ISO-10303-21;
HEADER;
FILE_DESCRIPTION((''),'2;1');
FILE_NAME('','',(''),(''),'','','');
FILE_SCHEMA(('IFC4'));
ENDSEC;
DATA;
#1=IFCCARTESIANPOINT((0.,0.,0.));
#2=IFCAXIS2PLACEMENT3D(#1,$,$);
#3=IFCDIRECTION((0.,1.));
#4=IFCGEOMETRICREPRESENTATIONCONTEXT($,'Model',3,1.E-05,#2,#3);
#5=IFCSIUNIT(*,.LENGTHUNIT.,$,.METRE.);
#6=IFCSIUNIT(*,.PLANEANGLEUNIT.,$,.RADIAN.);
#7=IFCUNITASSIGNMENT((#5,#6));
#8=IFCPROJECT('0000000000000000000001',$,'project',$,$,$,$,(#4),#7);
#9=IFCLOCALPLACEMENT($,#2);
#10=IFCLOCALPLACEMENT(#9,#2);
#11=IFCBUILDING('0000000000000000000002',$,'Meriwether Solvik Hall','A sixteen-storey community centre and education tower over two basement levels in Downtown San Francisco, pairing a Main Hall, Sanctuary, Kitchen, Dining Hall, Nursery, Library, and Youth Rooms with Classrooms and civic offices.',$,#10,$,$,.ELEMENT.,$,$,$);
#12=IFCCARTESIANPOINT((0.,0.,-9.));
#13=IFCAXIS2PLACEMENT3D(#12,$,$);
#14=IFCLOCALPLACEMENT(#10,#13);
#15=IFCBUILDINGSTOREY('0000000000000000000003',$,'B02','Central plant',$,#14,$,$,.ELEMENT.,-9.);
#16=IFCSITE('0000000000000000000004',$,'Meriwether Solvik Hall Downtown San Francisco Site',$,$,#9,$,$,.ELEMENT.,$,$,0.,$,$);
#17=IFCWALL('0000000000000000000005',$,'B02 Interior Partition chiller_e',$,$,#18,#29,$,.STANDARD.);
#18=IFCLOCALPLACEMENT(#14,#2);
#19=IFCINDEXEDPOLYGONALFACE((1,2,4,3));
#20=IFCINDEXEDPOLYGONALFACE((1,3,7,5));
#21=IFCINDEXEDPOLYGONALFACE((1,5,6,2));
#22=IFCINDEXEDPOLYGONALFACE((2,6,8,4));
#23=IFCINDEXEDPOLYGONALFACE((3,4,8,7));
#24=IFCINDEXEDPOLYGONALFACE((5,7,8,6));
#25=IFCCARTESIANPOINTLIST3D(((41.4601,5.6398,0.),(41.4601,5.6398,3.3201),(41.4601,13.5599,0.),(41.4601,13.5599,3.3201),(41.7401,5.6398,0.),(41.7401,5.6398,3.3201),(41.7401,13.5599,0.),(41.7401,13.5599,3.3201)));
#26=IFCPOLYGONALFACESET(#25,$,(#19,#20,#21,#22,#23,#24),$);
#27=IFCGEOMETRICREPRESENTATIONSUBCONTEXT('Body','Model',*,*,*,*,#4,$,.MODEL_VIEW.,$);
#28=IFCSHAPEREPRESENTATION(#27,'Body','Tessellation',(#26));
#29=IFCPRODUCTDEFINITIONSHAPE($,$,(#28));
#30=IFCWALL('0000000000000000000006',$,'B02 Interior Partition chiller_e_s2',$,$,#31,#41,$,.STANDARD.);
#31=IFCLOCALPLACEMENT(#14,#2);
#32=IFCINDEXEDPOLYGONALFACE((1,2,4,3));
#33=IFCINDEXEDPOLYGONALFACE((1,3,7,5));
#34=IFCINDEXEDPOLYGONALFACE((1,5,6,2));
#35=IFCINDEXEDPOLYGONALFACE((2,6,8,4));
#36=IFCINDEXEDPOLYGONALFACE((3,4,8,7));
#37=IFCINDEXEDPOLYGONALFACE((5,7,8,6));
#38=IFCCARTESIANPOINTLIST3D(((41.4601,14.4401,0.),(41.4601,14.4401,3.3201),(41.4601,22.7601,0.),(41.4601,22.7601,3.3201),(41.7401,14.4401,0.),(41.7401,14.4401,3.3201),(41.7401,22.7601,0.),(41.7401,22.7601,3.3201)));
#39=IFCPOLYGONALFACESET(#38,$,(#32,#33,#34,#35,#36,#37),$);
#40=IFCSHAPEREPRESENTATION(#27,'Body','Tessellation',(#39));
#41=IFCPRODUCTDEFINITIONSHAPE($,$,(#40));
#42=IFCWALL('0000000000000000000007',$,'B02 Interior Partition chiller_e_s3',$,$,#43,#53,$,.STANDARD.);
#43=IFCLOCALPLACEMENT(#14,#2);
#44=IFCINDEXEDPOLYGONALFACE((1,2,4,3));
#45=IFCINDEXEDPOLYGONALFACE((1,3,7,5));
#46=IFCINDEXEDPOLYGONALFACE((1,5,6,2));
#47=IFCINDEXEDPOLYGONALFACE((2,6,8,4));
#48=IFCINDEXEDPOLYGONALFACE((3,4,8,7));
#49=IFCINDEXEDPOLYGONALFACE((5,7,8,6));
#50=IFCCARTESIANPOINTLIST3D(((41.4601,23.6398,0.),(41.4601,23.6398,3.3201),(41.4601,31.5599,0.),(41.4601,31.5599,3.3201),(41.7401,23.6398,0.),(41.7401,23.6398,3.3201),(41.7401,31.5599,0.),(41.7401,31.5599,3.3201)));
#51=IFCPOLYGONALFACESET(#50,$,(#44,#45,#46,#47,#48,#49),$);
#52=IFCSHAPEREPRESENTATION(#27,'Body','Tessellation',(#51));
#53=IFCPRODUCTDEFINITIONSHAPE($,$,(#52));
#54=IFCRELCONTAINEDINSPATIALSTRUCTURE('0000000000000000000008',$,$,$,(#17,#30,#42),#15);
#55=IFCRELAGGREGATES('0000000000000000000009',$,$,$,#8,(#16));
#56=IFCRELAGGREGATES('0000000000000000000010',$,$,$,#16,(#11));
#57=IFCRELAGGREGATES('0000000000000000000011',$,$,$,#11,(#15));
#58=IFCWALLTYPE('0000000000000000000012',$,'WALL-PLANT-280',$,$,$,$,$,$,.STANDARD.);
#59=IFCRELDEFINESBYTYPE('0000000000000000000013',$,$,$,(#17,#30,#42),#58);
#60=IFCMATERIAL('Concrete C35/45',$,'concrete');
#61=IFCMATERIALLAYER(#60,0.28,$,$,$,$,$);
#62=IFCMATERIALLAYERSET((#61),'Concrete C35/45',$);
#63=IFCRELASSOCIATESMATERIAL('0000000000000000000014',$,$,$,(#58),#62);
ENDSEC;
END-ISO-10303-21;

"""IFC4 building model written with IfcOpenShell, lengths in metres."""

from ifc_helpers import new_model, si_unit, direction, frame, frame_2d, origin, place, context, subcontext, project, spatial, rectangle, extrude, material, layer, layer_set, type_object, element, save


model = new_model("IFC4")

# Units and contexts
model_context = context("Model", 3, precision=1e-05, world=origin(), true_north=direction((0.0, 1.0)))
body_context = subcontext(model_context, "Body", "Model", "MODEL_VIEW")
ifc_project = project(units=[si_unit("LENGTHUNIT", "METRE"), si_unit("PLANEANGLEUNIT", "RADIAN")], contexts=[model_context])

# Site, building, storey
site_placement = place(None, origin())
site = spatial("IfcSite", under=ifc_project, at=site_placement, Name="Meriwether Solvik Hall Downtown San Francisco Site", CompositionType="ELEMENT", RefElevation=0.0)
building_placement = place(site_placement, origin())
building = spatial("IfcBuilding", under=site, at=building_placement, Name="Meriwether Solvik Hall", Description="A sixteen-storey community centre and education tower over two basement levels in Downtown San Francisco, pairing a Main Hall, Sanctuary, Kitchen, Dining Hall, Nursery, Library, and Youth Rooms with Classrooms and civic offices.", CompositionType="ELEMENT")
storey_placement = place(building_placement, frame((0.0, 0.0, -9.0)))
storey = spatial("IfcBuildingStorey", under=building, at=storey_placement, Name="B02", Description="Central plant", CompositionType="ELEMENT", Elevation=-9.0)

# Walls
ifc_material_1 = material(Name="Concrete C35/45", Category="concrete")
ifc_layer_1 = layer(ifc_material_1, 0.28)
ifc_layer_set_1 = layer_set([ifc_layer_1], Name="Concrete C35/45")
wall_type = type_object("IfcWallType", Name="WALL-PLANT-280", PredefinedType="STANDARD", material=ifc_layer_set_1)
wall_1_placement = place(storey_placement, frame((41.6001, 5.6399, 0.0), z_axis=(0.0, 0.0, 1.0), x_axis=(0.0, 1.0, 0.0)))
element("IfcWall", 1, at=wall_1_placement, inside=storey, type_object=wall_type, Name="B02 Interior Partition chiller_e", PredefinedType="STANDARD", context=body_context, shape_type="SweptSolid", body=[
    extrude(rectangle(XDim=7.9202, YDim=0.28, at=frame_2d((3.96, 0.0))), origin(), (0.0, 0.0, 1.0), 3.3201),
])
wall_2_placement = place(storey_placement, frame((41.6001, 14.4399, 0.0), z_axis=(0.0, 0.0, 1.0), x_axis=(0.0, 1.0, 0.0)))
element("IfcWall", 2, at=wall_2_placement, inside=storey, type_object=wall_type, Name="B02 Interior Partition chiller_e_s2", PredefinedType="STANDARD", context=body_context, shape_type="SweptSolid", body=[
    extrude(rectangle(XDim=8.3201, YDim=0.28, at=frame_2d((4.1602, 0.0))), origin(), (0.0, 0.0, 1.0), 3.3201),
])
wall_3_placement = place(storey_placement, frame((41.6001, 23.6399, 0.0), z_axis=(0.0, 0.0, 1.0), x_axis=(0.0, 1.0, 0.0)))
element("IfcWall", 3, at=wall_3_placement, inside=storey, type_object=wall_type, Name="B02 Interior Partition chiller_e_s3", PredefinedType="STANDARD", context=body_context, shape_type="SweptSolid", body=[
    extrude(rectangle(XDim=7.9202, YDim=0.28, at=frame_2d((3.96, 0.0))), origin(), (0.0, 0.0, 1.0), 3.3201),
])

save(model, "model.ifc")
